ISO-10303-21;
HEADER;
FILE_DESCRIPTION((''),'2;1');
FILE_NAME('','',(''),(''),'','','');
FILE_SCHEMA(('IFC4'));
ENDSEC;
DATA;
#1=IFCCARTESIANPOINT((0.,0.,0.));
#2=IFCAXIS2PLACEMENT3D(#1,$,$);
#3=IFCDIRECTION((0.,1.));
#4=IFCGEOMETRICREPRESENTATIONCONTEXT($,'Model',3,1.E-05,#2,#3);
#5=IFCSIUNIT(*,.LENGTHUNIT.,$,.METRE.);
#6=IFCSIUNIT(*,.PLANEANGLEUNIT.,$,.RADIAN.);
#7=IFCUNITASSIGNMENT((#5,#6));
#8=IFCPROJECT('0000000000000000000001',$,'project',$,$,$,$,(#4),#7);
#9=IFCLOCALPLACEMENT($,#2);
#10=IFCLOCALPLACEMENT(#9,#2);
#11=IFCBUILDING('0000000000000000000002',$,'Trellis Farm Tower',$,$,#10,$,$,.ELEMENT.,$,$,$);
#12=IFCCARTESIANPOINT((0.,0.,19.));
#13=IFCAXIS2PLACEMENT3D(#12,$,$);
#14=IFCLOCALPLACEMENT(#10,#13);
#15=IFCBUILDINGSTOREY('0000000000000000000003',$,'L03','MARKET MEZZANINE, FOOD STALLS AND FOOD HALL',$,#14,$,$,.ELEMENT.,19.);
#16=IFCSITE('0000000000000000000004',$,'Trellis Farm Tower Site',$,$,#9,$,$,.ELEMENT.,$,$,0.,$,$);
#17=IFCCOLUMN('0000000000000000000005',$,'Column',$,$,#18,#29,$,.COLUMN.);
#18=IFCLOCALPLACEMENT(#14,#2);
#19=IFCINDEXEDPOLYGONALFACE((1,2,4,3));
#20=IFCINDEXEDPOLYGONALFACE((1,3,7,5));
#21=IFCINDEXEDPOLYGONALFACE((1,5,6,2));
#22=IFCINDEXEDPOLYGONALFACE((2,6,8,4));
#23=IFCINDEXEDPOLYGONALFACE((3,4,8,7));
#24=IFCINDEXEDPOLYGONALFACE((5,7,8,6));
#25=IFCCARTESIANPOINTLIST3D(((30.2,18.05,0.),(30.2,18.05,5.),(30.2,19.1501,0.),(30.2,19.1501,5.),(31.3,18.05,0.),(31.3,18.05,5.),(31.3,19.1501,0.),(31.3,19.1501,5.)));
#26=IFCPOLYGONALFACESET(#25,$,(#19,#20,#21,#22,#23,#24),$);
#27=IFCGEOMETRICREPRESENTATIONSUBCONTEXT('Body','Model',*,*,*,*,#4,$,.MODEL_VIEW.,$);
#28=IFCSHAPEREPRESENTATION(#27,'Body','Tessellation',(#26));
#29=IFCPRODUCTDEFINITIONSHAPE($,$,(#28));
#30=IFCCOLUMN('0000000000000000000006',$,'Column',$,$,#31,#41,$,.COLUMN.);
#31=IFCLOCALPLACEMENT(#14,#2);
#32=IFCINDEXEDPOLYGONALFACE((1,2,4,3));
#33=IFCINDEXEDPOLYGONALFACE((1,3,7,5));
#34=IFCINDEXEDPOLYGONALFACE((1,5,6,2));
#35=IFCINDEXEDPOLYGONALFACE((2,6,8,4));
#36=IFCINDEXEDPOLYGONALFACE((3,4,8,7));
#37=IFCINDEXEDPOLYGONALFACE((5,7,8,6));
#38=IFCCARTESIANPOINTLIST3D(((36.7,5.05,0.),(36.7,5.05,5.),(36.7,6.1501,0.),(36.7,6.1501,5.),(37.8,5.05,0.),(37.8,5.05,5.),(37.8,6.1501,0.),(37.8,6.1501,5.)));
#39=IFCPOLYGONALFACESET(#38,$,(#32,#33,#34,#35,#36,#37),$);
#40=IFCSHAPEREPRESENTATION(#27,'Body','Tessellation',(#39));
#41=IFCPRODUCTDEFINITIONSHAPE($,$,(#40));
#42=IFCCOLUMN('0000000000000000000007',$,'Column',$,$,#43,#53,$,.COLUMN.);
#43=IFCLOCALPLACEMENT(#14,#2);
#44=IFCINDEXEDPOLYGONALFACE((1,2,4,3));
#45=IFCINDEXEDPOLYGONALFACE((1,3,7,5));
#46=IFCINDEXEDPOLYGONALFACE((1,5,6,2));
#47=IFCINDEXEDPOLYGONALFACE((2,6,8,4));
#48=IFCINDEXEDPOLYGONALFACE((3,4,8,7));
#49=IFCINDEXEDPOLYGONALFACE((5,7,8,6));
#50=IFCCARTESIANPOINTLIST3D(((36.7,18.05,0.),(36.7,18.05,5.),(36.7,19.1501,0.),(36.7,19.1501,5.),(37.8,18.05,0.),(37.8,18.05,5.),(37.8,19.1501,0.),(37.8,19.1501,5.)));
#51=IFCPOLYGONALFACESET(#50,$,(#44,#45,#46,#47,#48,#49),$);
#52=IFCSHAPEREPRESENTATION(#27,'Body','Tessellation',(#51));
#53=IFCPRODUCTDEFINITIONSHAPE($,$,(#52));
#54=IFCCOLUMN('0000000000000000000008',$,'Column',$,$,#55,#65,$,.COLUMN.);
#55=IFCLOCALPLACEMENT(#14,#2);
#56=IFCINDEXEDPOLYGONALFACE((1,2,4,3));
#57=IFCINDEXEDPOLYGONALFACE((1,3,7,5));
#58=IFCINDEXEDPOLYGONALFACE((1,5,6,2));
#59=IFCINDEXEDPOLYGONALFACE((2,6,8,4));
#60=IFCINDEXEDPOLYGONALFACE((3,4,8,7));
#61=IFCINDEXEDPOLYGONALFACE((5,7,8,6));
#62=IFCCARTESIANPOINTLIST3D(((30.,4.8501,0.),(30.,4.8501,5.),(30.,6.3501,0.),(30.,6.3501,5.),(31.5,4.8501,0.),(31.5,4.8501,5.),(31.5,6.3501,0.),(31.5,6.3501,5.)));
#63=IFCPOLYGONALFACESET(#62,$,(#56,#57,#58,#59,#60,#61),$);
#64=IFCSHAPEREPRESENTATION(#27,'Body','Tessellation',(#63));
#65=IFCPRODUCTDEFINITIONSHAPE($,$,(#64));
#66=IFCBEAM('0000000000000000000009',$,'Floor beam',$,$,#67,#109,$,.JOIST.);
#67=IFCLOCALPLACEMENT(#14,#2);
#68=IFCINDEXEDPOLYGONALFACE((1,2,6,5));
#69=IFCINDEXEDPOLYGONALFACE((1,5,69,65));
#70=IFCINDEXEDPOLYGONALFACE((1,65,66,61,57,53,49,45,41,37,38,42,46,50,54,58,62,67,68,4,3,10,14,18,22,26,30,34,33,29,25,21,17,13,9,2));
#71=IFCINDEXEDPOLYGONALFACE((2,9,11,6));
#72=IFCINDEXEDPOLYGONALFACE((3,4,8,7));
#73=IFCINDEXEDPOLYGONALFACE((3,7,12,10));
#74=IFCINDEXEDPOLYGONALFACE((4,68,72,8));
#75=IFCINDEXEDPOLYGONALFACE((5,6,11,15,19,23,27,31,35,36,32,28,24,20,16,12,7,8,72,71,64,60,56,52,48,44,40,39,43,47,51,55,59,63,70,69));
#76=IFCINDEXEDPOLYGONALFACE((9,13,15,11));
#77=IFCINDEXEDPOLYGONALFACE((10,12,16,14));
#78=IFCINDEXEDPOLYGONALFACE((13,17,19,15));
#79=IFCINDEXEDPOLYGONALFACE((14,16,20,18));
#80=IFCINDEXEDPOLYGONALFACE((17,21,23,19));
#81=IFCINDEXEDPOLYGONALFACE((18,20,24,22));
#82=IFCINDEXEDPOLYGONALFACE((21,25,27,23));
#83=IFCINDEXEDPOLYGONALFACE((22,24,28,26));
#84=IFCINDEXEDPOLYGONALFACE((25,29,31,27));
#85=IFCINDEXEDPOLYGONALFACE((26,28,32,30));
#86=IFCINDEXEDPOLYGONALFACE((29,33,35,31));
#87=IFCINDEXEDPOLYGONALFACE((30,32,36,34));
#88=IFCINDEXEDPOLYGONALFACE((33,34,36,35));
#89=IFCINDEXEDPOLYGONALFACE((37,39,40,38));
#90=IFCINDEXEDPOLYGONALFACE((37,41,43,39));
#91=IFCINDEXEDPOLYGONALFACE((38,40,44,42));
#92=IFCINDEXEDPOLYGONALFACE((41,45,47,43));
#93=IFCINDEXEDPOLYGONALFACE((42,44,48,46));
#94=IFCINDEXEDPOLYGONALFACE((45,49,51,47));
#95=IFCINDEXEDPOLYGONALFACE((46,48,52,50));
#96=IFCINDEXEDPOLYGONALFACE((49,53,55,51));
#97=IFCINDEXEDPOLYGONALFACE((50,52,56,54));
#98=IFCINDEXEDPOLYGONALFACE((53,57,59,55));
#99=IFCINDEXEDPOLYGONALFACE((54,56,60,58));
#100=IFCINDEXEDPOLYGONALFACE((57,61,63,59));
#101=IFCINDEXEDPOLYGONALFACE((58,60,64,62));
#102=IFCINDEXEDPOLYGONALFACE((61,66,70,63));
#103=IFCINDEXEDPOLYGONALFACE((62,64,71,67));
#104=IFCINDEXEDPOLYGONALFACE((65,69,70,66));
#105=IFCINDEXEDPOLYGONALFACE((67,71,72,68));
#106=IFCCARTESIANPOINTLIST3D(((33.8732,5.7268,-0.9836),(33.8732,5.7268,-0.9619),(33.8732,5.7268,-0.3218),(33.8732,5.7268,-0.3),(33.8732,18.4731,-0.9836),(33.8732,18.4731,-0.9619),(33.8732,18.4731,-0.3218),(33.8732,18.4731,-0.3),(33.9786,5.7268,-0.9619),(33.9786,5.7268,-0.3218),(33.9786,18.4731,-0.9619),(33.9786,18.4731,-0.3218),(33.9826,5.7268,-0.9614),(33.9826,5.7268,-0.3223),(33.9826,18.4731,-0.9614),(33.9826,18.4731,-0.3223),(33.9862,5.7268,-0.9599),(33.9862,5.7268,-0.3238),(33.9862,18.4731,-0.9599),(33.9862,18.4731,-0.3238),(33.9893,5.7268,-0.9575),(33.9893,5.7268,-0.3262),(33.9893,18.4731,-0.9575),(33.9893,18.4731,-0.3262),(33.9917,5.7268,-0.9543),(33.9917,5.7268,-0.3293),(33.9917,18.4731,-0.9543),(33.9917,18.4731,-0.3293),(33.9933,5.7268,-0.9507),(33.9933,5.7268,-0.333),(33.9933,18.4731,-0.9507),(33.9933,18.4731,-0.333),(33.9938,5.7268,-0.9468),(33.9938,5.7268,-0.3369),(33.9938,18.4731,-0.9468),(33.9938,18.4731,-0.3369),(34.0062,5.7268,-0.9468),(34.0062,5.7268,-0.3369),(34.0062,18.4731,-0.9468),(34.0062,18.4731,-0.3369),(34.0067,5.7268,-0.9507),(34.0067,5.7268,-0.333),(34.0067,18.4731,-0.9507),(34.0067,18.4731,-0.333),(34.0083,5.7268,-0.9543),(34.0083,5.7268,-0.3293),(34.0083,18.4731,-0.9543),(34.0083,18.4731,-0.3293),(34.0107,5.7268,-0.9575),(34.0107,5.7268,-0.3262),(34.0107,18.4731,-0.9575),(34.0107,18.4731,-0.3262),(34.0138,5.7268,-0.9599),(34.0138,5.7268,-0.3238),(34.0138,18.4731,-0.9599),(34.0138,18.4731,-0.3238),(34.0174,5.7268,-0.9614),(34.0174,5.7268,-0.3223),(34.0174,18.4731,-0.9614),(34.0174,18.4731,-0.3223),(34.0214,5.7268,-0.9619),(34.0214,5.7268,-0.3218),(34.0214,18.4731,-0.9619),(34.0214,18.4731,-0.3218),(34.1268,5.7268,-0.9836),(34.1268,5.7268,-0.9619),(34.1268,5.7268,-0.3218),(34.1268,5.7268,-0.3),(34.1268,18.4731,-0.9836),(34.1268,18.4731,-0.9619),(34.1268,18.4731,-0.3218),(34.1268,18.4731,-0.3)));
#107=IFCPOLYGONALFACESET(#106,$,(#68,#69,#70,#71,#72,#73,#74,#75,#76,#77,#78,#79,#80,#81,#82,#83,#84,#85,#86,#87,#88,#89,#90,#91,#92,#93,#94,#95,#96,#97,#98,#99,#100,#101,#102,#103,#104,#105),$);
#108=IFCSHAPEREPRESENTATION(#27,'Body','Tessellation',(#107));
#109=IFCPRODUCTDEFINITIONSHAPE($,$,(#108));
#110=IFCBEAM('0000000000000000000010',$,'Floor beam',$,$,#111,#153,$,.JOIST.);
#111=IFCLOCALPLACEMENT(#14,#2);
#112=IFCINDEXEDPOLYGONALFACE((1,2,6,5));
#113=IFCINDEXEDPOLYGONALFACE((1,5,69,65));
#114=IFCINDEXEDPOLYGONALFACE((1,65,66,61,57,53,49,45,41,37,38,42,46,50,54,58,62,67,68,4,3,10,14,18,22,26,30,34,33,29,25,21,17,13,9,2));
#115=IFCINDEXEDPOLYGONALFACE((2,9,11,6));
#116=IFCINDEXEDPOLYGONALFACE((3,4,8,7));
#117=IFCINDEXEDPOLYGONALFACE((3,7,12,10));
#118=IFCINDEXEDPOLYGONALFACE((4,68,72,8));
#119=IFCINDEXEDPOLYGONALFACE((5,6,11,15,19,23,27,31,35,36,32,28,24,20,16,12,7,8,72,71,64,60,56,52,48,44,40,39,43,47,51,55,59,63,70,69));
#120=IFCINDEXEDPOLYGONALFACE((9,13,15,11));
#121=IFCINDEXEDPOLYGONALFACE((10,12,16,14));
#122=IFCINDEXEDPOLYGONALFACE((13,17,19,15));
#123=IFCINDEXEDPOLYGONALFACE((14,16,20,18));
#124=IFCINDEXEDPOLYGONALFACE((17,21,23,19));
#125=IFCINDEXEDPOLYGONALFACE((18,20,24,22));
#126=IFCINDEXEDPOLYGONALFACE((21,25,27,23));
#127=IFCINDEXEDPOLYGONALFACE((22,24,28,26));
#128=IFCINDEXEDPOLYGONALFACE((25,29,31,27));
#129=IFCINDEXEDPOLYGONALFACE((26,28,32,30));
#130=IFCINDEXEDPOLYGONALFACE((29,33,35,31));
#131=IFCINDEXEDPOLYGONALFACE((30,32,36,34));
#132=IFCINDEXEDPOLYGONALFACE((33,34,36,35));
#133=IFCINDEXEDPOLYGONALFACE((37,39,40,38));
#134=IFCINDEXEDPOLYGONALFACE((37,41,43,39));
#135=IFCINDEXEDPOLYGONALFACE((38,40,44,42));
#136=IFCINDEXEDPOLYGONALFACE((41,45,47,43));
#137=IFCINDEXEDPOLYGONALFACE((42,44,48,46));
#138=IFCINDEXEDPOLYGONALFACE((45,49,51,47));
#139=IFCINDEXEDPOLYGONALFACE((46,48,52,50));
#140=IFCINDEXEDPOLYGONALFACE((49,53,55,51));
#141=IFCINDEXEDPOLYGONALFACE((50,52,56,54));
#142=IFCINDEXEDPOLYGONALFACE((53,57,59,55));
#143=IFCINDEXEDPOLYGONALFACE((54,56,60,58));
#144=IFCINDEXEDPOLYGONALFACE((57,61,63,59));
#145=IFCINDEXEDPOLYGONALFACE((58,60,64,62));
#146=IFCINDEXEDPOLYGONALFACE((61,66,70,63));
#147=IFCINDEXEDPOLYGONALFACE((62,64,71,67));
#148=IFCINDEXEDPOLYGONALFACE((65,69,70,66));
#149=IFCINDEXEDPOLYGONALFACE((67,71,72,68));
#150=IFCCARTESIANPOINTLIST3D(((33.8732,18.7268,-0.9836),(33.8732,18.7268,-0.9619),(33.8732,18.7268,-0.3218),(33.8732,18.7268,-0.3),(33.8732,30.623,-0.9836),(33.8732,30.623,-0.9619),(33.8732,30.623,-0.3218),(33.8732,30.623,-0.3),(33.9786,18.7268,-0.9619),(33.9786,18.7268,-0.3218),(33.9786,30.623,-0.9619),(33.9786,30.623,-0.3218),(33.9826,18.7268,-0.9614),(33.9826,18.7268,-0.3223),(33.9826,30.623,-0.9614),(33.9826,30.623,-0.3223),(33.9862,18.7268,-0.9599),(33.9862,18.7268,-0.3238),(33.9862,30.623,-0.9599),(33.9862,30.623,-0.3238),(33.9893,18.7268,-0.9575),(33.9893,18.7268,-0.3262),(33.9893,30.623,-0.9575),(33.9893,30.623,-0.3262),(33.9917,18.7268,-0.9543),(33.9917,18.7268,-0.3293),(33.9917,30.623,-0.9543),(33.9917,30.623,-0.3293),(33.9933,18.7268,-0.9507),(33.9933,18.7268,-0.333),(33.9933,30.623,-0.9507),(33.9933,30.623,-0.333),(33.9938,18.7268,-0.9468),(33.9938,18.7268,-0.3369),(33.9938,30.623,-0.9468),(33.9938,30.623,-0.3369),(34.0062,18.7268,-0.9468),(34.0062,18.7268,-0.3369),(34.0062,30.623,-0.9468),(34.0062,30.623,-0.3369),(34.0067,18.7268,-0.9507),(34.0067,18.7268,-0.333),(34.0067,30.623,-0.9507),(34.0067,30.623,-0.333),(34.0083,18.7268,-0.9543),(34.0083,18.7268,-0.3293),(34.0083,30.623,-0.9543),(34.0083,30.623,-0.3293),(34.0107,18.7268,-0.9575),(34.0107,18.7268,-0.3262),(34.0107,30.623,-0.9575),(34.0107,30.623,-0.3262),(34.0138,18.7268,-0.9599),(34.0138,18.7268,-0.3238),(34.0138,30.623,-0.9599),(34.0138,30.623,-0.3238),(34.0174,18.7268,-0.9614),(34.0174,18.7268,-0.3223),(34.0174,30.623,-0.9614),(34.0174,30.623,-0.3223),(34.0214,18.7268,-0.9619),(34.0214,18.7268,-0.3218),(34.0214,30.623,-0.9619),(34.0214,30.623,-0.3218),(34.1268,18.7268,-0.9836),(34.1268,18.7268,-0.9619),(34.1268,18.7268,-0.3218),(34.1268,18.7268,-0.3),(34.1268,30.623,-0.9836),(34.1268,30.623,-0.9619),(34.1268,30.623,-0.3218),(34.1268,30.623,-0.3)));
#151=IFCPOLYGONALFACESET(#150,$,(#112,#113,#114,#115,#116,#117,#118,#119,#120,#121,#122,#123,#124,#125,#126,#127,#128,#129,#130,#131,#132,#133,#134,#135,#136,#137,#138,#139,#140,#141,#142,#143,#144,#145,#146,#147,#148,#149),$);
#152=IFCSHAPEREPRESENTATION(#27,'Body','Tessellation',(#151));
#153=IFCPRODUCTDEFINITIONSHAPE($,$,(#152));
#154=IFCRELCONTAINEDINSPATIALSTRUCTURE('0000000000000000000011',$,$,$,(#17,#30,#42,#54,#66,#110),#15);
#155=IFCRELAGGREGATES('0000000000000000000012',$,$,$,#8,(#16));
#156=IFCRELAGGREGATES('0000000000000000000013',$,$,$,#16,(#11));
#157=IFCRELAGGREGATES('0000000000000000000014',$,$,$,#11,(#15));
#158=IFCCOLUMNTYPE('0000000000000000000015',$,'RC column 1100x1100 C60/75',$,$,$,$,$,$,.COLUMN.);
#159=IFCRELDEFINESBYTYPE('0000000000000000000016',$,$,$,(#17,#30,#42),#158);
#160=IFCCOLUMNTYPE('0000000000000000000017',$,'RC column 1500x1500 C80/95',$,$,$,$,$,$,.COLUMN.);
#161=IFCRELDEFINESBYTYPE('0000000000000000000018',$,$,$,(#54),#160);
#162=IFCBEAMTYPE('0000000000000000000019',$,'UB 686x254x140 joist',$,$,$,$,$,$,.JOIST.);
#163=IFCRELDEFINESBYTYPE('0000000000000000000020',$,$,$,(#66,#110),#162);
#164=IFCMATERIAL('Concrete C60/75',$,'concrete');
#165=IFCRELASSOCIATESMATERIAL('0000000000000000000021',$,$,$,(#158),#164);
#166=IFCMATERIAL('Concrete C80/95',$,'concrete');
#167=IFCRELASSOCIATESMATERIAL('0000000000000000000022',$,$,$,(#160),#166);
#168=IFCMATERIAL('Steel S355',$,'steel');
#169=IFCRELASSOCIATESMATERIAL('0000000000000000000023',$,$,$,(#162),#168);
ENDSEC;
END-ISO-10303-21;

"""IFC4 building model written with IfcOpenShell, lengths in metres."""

from ifc_helpers import new_model, si_unit, direction, frame, origin, origin_2d, place, context, subcontext, project, spatial, rectangle, i_section, extrude, source, transform, mapped, material, material_profile, profile_set, type_object, element, save


model = new_model("IFC4")

# Units and contexts
model_context = context("Model", 3, precision=1e-05, world=origin(), true_north=direction((0.0, 1.0)))
body_context = subcontext(model_context, "Body", "Model", "MODEL_VIEW")
ifc_project = project(units=[si_unit("LENGTHUNIT", "METRE"), si_unit("PLANEANGLEUNIT", "RADIAN")], contexts=[model_context])

# Site, building, storey
site_placement = place(None, origin())
site = spatial("IfcSite", under=ifc_project, at=site_placement, Name="Trellis Farm Tower Site", CompositionType="ELEMENT", RefElevation=0.0)
building_placement = place(site_placement, origin())
building = spatial("IfcBuilding", under=site, at=building_placement, Name="Trellis Farm Tower", CompositionType="ELEMENT")
storey_placement = place(building_placement, frame((0.0, 0.0, 19.0)))
storey = spatial("IfcBuildingStorey", under=building, at=storey_placement, Name="L03", Description="MARKET MEZZANINE, FOOD STALLS AND FOOD HALL", CompositionType="ELEMENT", Elevation=19.0)

# Columns
ifc_material_1 = material(Name="Concrete C60/75", Category="concrete")
ifc_material_profile_1 = material_profile(ifc_material_1, rectangle(XDim=1.1001, YDim=1.1001, at=origin_2d()), Name="RC column 1100x1100 C60/75")
ifc_profile_set_1 = profile_set([ifc_material_profile_1], Name="Concrete C60/75")
column_type_1 = type_object("IfcColumnType", Name="RC column 1100x1100 C60/75", PredefinedType="COLUMN", material=ifc_profile_set_1)
shared_shape_1 = source(origin(), body_context, "Body", "SweptSolid", [
    extrude(rectangle(XDim=1.1001, YDim=1.1001, at=origin_2d()), origin(), (0.0, 0.0, 1.0), 5.0),
])
for number, where, z_axis, x_axis, name in (
    (1, (30.75, 18.6001, 0.0), (0.0, 0.0, 1.0), (1.0, 0.0, 0.0), "Column"),
    (2, (37.25, 5.6001, 0.0), (0.0, 0.0, 1.0), (1.0, 0.0, 0.0), "Column"),
    (3, (37.25, 18.6001, 0.0), (0.0, 0.0, 1.0), (1.0, 0.0, 0.0), "Column"),
):
    element("IfcColumn", number, at=place(storey_placement, frame(where, z_axis=z_axis, x_axis=x_axis)), inside=storey, type_object=column_type_1, Name=name, PredefinedType="COLUMN", context=body_context, shape_type="MappedRepresentation", body=[
        mapped(shared_shape_1, transform((0.0, 0.0, 0.0))),
    ])
ifc_material_2 = material(Name="Concrete C80/95", Category="concrete")
ifc_material_profile_2 = material_profile(ifc_material_2, rectangle(XDim=1.5, YDim=1.5, at=origin_2d()), Name="RC column 1500x1500 C80/95")
ifc_profile_set_2 = profile_set([ifc_material_profile_2], Name="Concrete C80/95")
column_type_2 = type_object("IfcColumnType", Name="RC column 1500x1500 C80/95", PredefinedType="COLUMN", material=ifc_profile_set_2)
shared_shape_2 = source(origin(), body_context, "Body", "SweptSolid", [
    extrude(rectangle(XDim=1.5, YDim=1.5, at=origin_2d()), origin(), (0.0, 0.0, 1.0), 5.0),
])
column_placement = place(storey_placement, frame((30.75, 5.6001, 0.0), z_axis=(0.0, 0.0, 1.0), x_axis=(1.0, 0.0, 0.0)))
element("IfcColumn", 4, at=column_placement, inside=storey, type_object=column_type_2, Name="Column", PredefinedType="COLUMN", context=body_context, shape_type="MappedRepresentation", body=[
    mapped(shared_shape_2, transform((0.0, 0.0, 0.0))),
])

# Beams
ifc_material_3 = material(Name="Steel S355", Category="steel")
ifc_material_profile_3 = material_profile(ifc_material_3, i_section(OverallWidth=0.2537, OverallDepth=0.6836, WebThickness=0.0125, FlangeThickness=0.0217, FilletRadius=0.0151, at=origin_2d()), Name="UB 686x254x140")
ifc_profile_set_3 = profile_set([ifc_material_profile_3], Name="Steel S355")
beam_type_1 = type_object("IfcBeamType", Name="UB 686x254x140 joist", PredefinedType="JOIST", material=ifc_profile_set_3)
shared_shape_3 = source(origin(), body_context, "Body", "SweptSolid", [
    extrude(i_section(OverallWidth=0.2537, OverallDepth=0.6836, WebThickness=0.0125, FlangeThickness=0.0217, FilletRadius=0.0151, at=origin_2d()), origin(), (0.0, 0.0, 1.0), 12.7463),
])
beam_1_placement = place(storey_placement, frame((34.0, 5.7268, -0.6418), z_axis=(0.0, 1.0, 0.0), x_axis=(-1.0, 0.0, 0.0)))
element("IfcBeam", 5, at=beam_1_placement, inside=storey, type_object=beam_type_1, Name="Floor beam", PredefinedType="JOIST", context=body_context, shape_type="MappedRepresentation", body=[
    mapped(shared_shape_3, transform((0.0, 0.0, 0.0))),
])
shared_shape_4 = source(origin(), body_context, "Body", "SweptSolid", [
    extrude(i_section(OverallWidth=0.2537, OverallDepth=0.6836, WebThickness=0.0125, FlangeThickness=0.0217, FilletRadius=0.0151, at=origin_2d()), origin(), (0.0, 0.0, 1.0), 11.8962),
])
beam_2_placement = place(storey_placement, frame((34.0, 18.7268, -0.6418), z_axis=(0.0, 1.0, 0.0), x_axis=(-1.0, 0.0, 0.0)))
element("IfcBeam", 6, at=beam_2_placement, inside=storey, type_object=beam_type_1, Name="Floor beam", PredefinedType="JOIST", context=body_context, shape_type="MappedRepresentation", body=[
    mapped(shared_shape_4, transform((0.0, 0.0, 0.0))),
])

save(model, "model.ifc")
